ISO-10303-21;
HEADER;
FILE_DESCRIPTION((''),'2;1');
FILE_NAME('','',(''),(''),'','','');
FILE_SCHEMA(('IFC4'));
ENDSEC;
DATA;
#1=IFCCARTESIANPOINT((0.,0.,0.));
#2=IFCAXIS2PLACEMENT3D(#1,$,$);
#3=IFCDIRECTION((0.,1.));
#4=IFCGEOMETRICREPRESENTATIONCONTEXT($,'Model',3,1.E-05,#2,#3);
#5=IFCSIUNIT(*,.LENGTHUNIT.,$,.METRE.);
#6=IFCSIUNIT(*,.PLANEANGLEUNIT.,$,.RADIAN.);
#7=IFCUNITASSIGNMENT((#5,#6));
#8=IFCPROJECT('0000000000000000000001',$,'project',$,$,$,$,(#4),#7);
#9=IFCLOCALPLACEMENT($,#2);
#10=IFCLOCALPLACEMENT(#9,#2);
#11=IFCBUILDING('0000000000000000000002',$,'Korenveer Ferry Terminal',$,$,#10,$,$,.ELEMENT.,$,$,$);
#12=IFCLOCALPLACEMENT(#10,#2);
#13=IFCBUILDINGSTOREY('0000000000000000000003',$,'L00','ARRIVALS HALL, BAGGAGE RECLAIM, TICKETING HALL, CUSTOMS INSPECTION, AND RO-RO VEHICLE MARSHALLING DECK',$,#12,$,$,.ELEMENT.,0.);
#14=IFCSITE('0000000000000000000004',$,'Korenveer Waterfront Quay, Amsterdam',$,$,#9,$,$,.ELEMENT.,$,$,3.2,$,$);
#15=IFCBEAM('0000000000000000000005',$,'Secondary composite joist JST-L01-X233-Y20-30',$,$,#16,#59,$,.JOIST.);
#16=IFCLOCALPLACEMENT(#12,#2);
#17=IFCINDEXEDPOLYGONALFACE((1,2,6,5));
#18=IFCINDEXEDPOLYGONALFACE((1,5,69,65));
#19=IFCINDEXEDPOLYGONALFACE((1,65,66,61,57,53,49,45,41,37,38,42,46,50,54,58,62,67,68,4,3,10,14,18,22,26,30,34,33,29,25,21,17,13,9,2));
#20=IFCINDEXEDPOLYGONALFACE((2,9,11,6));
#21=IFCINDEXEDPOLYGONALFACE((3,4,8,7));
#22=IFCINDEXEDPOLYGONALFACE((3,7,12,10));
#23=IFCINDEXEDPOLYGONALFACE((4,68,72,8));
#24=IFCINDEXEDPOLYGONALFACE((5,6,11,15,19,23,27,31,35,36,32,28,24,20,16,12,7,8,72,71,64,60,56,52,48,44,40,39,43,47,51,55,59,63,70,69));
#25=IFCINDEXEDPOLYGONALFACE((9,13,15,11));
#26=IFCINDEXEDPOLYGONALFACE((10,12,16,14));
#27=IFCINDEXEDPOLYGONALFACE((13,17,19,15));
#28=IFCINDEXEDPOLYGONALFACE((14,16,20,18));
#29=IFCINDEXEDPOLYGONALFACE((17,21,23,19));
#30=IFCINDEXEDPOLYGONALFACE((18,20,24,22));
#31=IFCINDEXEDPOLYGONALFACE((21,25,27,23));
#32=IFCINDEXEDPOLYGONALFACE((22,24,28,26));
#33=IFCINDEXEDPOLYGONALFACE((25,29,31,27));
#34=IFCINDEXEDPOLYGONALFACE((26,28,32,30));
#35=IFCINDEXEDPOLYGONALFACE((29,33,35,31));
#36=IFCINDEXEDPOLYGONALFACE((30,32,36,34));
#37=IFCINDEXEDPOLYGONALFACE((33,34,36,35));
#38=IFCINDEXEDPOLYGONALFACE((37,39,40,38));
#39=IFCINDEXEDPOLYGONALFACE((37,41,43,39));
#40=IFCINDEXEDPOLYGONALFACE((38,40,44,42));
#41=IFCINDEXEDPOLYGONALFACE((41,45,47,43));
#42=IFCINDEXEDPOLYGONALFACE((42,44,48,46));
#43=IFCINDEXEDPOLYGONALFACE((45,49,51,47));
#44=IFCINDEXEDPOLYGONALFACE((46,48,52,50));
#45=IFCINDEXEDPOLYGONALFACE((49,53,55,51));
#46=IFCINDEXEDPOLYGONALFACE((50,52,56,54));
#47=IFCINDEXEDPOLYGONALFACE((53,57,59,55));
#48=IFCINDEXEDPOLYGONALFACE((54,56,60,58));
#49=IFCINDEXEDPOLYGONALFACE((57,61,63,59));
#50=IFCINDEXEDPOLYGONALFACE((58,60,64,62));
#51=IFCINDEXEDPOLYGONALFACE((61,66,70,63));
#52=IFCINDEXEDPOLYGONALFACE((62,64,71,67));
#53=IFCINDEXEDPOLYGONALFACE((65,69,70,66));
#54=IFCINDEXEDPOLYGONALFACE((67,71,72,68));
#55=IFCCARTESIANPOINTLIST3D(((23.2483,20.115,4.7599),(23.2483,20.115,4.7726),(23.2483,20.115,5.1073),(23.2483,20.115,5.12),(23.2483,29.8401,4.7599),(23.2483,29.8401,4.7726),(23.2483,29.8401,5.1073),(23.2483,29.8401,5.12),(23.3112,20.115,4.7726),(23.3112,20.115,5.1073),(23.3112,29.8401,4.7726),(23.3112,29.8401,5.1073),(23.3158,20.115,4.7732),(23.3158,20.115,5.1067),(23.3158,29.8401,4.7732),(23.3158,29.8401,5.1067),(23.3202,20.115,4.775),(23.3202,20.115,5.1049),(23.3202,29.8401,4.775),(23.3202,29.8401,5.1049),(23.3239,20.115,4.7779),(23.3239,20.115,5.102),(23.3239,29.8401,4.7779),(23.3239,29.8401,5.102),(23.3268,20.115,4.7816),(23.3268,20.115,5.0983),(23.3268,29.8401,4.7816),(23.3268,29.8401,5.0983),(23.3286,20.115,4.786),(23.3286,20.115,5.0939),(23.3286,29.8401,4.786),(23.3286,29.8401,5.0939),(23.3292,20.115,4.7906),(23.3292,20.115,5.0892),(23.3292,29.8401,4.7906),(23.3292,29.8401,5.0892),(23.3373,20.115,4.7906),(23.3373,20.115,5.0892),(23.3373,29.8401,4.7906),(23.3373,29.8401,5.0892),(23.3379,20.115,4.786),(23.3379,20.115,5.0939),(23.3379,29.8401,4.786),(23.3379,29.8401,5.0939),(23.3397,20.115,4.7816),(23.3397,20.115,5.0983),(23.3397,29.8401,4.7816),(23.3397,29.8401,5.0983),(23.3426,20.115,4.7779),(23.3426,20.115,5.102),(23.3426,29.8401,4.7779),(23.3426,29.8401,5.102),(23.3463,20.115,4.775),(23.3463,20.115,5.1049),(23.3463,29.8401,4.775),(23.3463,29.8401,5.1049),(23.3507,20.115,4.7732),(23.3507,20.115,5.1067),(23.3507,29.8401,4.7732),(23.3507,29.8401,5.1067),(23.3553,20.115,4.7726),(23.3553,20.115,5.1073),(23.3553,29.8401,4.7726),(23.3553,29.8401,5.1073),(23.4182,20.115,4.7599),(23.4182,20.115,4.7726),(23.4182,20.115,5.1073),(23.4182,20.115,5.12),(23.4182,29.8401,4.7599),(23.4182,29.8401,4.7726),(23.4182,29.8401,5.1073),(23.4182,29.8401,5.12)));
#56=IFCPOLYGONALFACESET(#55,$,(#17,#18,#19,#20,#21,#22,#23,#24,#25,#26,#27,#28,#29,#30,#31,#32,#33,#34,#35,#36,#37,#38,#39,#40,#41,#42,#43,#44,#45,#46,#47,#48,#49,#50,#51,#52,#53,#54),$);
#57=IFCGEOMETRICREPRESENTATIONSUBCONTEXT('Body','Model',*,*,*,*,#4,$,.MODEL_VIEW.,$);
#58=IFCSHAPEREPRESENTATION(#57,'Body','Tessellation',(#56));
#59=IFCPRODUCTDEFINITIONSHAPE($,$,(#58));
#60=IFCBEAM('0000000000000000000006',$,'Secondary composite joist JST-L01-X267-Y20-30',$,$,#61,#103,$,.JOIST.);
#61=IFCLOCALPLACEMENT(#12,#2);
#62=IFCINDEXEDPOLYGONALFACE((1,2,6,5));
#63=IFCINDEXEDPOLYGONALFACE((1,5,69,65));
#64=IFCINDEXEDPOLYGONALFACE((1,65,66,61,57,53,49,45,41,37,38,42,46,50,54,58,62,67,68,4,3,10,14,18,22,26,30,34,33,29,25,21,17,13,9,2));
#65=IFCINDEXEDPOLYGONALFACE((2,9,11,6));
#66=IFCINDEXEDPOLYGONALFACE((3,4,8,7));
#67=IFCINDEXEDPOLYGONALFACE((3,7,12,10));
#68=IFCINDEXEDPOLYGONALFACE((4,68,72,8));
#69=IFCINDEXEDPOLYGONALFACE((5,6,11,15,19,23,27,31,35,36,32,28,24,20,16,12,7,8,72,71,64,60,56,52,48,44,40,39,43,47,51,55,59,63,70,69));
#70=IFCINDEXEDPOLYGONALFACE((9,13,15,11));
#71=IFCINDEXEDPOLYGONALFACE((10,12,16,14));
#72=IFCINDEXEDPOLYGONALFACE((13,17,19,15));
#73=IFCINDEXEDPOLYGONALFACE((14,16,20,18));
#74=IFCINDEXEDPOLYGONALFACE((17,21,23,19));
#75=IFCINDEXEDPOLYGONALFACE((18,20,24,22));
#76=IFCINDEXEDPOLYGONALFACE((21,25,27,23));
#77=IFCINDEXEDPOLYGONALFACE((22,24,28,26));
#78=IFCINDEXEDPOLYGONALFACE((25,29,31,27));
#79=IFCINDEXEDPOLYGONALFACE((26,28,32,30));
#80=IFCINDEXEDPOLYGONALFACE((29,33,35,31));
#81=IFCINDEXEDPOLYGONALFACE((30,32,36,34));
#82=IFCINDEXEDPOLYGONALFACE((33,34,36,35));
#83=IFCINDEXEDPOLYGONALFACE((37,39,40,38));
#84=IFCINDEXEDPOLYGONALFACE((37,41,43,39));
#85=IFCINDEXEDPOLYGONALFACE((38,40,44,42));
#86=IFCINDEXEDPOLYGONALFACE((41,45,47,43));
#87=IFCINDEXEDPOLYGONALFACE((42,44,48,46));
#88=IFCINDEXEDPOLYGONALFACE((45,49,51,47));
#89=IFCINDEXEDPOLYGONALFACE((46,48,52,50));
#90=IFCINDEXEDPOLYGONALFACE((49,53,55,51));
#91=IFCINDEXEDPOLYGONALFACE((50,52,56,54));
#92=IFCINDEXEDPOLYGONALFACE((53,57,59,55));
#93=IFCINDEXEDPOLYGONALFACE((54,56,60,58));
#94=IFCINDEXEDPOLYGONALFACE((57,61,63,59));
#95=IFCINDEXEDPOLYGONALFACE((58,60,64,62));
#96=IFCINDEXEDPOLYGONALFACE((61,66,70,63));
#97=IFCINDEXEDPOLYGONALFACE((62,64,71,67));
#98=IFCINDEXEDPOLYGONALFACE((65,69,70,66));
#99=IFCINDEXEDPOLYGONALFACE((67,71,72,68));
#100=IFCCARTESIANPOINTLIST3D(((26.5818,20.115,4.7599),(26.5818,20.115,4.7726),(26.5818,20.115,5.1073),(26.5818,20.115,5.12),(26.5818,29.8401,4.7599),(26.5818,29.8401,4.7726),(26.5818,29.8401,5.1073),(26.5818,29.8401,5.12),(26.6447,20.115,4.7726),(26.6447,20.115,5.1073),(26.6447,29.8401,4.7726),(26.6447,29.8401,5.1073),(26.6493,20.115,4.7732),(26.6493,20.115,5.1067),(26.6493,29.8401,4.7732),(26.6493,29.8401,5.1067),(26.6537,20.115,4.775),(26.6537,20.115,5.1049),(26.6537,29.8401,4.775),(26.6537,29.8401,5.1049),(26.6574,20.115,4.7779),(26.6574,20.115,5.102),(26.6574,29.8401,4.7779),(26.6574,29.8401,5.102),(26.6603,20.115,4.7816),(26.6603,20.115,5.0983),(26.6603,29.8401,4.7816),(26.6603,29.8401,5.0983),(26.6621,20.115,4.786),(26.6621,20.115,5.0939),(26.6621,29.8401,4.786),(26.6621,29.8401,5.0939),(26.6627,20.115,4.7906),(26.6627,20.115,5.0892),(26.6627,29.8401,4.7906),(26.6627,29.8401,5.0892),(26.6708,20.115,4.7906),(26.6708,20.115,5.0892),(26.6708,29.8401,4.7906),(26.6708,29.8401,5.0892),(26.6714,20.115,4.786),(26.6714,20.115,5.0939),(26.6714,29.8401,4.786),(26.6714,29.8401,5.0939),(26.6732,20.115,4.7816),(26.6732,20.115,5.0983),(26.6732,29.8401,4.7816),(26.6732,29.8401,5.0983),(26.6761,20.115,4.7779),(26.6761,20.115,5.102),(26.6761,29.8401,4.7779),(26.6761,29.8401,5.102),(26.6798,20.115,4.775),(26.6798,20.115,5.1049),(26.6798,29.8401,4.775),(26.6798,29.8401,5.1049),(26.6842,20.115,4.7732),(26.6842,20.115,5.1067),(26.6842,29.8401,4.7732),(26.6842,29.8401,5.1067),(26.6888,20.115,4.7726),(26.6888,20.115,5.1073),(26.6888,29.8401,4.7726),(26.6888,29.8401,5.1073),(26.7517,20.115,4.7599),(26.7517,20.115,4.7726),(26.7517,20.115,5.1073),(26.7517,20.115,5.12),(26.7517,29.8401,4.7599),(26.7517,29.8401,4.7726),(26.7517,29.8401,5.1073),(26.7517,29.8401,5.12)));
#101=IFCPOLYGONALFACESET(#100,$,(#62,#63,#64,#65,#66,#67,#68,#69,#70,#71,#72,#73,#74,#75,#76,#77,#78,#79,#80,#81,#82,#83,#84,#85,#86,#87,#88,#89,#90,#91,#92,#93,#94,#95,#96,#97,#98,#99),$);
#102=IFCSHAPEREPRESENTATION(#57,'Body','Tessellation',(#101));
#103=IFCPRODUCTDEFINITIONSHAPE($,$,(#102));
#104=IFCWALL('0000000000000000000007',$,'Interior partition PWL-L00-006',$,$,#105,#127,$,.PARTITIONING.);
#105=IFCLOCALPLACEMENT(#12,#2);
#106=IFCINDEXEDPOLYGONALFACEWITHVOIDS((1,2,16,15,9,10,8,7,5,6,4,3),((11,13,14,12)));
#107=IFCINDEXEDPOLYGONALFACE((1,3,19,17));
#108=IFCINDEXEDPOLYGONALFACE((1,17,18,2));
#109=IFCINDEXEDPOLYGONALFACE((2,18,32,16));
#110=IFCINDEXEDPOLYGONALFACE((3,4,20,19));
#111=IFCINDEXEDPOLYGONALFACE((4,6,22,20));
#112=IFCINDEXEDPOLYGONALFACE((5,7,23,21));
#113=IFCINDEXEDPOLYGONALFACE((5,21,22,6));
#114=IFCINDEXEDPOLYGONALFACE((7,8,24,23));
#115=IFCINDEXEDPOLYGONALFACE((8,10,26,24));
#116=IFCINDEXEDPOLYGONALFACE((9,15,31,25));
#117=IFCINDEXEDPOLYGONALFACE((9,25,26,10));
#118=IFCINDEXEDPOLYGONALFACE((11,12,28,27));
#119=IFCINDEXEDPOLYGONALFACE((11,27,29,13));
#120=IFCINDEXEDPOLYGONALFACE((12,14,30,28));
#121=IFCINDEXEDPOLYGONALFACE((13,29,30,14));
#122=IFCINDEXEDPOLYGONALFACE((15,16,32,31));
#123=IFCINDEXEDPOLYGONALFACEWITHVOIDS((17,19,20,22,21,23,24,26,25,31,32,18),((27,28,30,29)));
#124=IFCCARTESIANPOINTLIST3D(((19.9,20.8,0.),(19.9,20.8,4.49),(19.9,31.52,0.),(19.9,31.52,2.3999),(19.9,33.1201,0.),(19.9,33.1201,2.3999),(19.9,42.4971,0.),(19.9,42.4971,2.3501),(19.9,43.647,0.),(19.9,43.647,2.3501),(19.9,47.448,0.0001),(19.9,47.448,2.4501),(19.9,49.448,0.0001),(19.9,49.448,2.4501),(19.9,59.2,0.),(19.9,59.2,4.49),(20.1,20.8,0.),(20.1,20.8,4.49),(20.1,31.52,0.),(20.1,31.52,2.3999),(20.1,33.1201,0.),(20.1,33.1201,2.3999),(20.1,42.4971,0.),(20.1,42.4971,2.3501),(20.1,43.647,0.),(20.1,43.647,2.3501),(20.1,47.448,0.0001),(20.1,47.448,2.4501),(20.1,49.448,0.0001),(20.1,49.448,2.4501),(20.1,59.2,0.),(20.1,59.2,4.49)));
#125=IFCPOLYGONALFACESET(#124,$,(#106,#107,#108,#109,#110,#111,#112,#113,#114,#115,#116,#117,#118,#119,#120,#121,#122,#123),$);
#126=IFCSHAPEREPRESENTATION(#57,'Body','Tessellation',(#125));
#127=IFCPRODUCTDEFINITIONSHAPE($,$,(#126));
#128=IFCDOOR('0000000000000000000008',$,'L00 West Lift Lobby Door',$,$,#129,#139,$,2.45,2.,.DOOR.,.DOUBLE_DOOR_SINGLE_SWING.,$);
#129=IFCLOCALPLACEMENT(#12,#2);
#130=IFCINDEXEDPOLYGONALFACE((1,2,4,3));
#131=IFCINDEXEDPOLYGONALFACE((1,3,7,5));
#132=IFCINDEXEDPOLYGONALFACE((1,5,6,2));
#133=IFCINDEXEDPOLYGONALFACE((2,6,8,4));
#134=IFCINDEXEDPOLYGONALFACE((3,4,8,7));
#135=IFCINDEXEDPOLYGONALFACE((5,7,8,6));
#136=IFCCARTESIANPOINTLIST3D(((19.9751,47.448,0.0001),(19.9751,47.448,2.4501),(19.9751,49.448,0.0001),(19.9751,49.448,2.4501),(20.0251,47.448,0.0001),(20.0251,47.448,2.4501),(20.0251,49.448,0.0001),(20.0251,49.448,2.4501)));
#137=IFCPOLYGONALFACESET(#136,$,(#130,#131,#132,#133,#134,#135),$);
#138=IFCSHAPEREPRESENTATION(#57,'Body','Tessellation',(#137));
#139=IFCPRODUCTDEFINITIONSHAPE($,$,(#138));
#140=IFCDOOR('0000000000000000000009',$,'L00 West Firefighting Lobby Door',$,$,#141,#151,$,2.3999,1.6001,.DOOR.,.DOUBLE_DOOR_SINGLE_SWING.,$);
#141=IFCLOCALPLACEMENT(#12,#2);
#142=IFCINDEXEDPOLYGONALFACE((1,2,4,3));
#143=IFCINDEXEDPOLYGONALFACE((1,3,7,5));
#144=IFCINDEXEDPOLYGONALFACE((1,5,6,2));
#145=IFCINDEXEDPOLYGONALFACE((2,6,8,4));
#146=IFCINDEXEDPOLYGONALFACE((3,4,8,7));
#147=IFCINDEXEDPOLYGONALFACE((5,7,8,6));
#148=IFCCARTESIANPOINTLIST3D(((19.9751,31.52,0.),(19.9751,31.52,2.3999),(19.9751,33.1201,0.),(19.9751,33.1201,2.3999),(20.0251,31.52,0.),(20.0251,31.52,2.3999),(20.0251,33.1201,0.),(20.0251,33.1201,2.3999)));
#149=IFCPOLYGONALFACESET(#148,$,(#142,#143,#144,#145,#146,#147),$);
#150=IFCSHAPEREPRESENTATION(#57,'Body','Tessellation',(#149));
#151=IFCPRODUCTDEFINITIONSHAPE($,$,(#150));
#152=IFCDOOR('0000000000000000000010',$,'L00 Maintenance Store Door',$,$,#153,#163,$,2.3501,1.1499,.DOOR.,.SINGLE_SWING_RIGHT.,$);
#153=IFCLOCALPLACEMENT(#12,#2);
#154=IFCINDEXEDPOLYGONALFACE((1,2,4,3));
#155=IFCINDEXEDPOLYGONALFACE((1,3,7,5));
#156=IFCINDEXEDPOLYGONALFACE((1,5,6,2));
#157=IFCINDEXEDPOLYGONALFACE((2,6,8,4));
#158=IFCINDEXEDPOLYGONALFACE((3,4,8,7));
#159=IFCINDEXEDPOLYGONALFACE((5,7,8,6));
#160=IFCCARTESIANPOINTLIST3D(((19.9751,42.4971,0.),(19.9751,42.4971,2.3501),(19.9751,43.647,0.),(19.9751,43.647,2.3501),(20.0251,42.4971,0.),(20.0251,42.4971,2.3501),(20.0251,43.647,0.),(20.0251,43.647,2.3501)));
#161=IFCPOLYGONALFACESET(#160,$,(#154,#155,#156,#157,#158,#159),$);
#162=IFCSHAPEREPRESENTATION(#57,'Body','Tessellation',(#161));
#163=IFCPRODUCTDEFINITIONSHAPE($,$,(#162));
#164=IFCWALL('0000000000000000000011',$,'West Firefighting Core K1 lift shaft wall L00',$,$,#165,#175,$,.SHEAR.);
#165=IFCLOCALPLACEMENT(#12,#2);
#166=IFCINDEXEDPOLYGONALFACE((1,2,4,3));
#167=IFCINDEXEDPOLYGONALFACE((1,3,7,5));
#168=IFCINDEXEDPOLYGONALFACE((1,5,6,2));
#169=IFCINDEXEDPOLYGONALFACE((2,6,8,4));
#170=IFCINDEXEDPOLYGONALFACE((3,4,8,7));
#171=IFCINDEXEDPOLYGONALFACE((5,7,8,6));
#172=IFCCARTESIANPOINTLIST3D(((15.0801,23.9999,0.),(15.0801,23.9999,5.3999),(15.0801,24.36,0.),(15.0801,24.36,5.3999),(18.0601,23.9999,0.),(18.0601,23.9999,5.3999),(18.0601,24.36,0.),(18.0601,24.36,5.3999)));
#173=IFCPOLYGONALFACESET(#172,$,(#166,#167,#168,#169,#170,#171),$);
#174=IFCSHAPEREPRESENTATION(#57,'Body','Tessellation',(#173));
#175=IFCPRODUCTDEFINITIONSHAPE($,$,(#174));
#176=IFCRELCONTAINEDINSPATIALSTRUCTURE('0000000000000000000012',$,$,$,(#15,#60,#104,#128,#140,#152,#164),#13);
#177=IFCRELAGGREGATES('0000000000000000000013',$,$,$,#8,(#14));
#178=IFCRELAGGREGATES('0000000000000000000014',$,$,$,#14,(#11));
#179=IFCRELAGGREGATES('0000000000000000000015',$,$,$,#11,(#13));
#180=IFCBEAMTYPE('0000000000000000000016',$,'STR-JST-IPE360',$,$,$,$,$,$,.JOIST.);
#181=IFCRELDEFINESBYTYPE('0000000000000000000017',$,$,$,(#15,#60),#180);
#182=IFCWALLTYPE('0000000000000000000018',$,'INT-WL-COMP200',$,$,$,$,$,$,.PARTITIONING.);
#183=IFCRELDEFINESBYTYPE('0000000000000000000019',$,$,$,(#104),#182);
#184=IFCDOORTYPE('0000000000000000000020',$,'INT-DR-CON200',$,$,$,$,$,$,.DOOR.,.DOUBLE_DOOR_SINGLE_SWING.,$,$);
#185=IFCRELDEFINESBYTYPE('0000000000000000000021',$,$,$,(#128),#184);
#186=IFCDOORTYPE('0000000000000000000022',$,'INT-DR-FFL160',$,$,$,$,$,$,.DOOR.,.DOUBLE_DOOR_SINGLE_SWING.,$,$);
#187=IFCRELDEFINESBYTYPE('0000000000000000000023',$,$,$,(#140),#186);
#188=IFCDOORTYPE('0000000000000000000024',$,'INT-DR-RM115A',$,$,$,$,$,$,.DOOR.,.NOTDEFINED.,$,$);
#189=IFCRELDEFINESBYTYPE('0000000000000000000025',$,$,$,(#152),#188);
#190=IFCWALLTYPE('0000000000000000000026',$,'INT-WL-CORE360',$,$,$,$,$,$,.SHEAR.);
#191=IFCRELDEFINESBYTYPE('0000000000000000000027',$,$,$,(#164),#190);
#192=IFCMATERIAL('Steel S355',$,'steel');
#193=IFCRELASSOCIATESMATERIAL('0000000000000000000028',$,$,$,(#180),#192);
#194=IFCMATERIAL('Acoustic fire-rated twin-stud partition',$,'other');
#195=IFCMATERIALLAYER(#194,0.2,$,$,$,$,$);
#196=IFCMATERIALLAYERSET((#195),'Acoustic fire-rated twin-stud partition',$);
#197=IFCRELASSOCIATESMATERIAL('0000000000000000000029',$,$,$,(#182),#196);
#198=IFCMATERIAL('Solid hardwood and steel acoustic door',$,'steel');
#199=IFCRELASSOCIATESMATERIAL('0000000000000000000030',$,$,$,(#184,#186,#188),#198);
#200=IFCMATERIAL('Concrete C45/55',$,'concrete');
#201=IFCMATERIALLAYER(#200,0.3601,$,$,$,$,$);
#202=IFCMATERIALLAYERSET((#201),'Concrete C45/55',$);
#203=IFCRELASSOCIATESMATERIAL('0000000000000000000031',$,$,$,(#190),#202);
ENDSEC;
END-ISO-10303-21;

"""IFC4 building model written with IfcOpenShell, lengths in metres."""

from ifc_helpers import new_model, si_unit, direction, frame, frame_2d, origin, origin_2d, place, context, subcontext, project, spatial, rectangle, i_section, extrude, material, layer, layer_set, material_profile, profile_set, type_object, element, fill, save


model = new_model("IFC4")

# Units and contexts
model_context = context("Model", 3, precision=1e-05, world=origin(), true_north=direction((0.0, 1.0)))
body_context = subcontext(model_context, "Body", "Model", "MODEL_VIEW")
ifc_project = project(units=[si_unit("LENGTHUNIT", "METRE"), si_unit("PLANEANGLEUNIT", "RADIAN")], contexts=[model_context])

# Site, building, storey
site_placement = place(None, origin())
site = spatial("IfcSite", under=ifc_project, at=site_placement, Name="Korenveer Waterfront Quay, Amsterdam", CompositionType="ELEMENT", RefElevation=3.2)
building_placement = place(site_placement, origin())
building = spatial("IfcBuilding", under=site, at=building_placement, Name="Korenveer Ferry Terminal", CompositionType="ELEMENT")
storey_placement = place(building_placement, origin())
storey = spatial("IfcBuildingStorey", under=building, at=storey_placement, Name="L00", Description="ARRIVALS HALL, BAGGAGE RECLAIM, TICKETING HALL, CUSTOMS INSPECTION, AND RO-RO VEHICLE MARSHALLING DECK", CompositionType="ELEMENT", Elevation=0.0)

# Shared definitions
ifc_material_1 = material(Name="Concrete C45/55", Category="concrete")

# Beams
ifc_material_2 = material(Name="Steel S355", Category="steel")
ifc_material_profile_1 = material_profile(ifc_material_2, i_section(OverallWidth=0.1699, OverallDepth=0.3601, WebThickness=0.0081, FlangeThickness=0.0127, FilletRadius=0.0181, at=origin_2d()), Name="IPE 360")
ifc_profile_set_1 = profile_set([ifc_material_profile_1], Name="Steel S355")
beam_type_1 = type_object("IfcBeamType", Name="STR-JST-IPE360", PredefinedType="JOIST", material=ifc_profile_set_1)
for number, where, z_axis, x_axis, name in (
    (1, (23.3333, 20.115, 4.9399), (0.0, 1.0, 0.0), (-1.0, 0.0, 0.0), "Secondary composite joist JST-L01-X233-Y20-30"),
    (2, (26.6667, 20.115, 4.9399), (0.0, 1.0, 0.0), (-1.0, 0.0, 0.0), "Secondary composite joist JST-L01-X267-Y20-30"),
):
    element("IfcBeam", number, at=place(storey_placement, frame(where, z_axis=z_axis, x_axis=x_axis)), inside=storey, type_object=beam_type_1, Name=name, PredefinedType="JOIST", context=body_context, shape_type="SweptSolid", body=[
        extrude(i_section(OverallWidth=0.1699, OverallDepth=0.3601, WebThickness=0.0081, FlangeThickness=0.0127, FilletRadius=0.0181, at=origin_2d()), origin(), (0.0, 0.0, 1.0), 9.7251),
    ])

# Wall, openings, doors
ifc_material_3 = material(Name="Acoustic fire-rated twin-stud partition", Category="other")
ifc_layer_1 = layer(ifc_material_3, 0.2)
ifc_layer_set_1 = layer_set([ifc_layer_1], Name="Acoustic fire-rated twin-stud partition")
wall_type_1 = type_object("IfcWallType", Name="INT-WL-COMP200", PredefinedType="PARTITIONING", material=ifc_layer_set_1)
wall_1_placement = place(storey_placement, frame((20.0, 20.8, 0.0), z_axis=(0.0, 0.0, 1.0), x_axis=(0.0, 1.0, 0.0)))
wall_1 = element("IfcWall", 3, at=wall_1_placement, inside=storey, type_object=wall_type_1, Name="Interior partition PWL-L00-006", PredefinedType="PARTITIONING", context=body_context, shape_type="SweptSolid", body=[
    extrude(rectangle(XDim=38.3999, YDim=0.2, at=frame_2d((19.2, 0.0))), origin(), (0.0, 0.0, 1.0), 4.49),
])
opening_1_placement = place(wall_1_placement, frame((10.72, 0.0, 0.0)))
opening_1 = element("IfcOpeningElement", 4, at=opening_1_placement, cuts=wall_1, PredefinedType="OPENING", context=body_context, shape_type="SweptSolid", body=[
    extrude(rectangle(XDim=1.6001, YDim=2.3999, at=frame_2d((0.8, 1.2))), frame((0.0, 0.1099, 0.0), z_axis=(0.0, -1.0, 0.0), x_axis=(1.0, 0.0, 0.0)), (0.0, 0.0, 1.0), 0.22),
])
opening_2_placement = place(wall_1_placement, frame((21.697, 0.0, 0.0)))
opening_2 = element("IfcOpeningElement", 5, at=opening_2_placement, cuts=wall_1, PredefinedType="OPENING", context=body_context, shape_type="SweptSolid", body=[
    extrude(rectangle(XDim=1.1499, YDim=2.3501, at=frame_2d((0.575, 1.175))), frame((0.0, 0.1099, 0.0), z_axis=(0.0, -1.0, 0.0), x_axis=(1.0, 0.0, 0.0)), (0.0, 0.0, 1.0), 0.22),
])
opening_3_placement = place(wall_1_placement, frame((26.6479, 0.0, 0.0)))
opening_3 = element("IfcOpeningElement", 6, at=opening_3_placement, cuts=wall_1, PredefinedType="OPENING", context=body_context, shape_type="SweptSolid", body=[
    extrude(rectangle(XDim=2.0, YDim=2.45, at=frame_2d((1.0, 1.2251))), frame((0.0, 0.1099, 0.0), z_axis=(0.0, -1.0, 0.0), x_axis=(1.0, 0.0, 0.0)), (0.0, 0.0, 1.0), 0.22),
])
ifc_material_4 = material(Name="Solid hardwood and steel acoustic door", Category="steel")
door_type_1 = type_object("IfcDoorType", Name="INT-DR-CON200", OperationType="DOUBLE_DOOR_SINGLE_SWING", PredefinedType="DOOR", material=ifc_material_4)
door_1_placement = place(opening_3_placement, origin())
door_1 = element("IfcDoor", 7, at=door_1_placement, inside=storey, type_object=door_type_1, Name="L00 West Lift Lobby Door", OperationType="DOUBLE_DOOR_SINGLE_SWING", OverallHeight=2.45, OverallWidth=2.0, PredefinedType="DOOR", context=body_context, shape_type="SweptSolid", body=[
    extrude(rectangle(XDim=2.0, YDim=2.45, at=frame_2d((1.0, 1.2251))), frame((0.0, 0.0249, 0.0), z_axis=(0.0, -1.0, 0.0), x_axis=(1.0, 0.0, 0.0)), (0.0, 0.0, 1.0), 0.05),
])
fill(opening_3, door_1)
door_type_2 = type_object("IfcDoorType", Name="INT-DR-FFL160", OperationType="DOUBLE_DOOR_SINGLE_SWING", PredefinedType="DOOR", material=ifc_material_4)
door_2_placement = place(opening_1_placement, origin())
door_2 = element("IfcDoor", 8, at=door_2_placement, inside=storey, type_object=door_type_2, Name="L00 West Firefighting Lobby Door", OperationType="DOUBLE_DOOR_SINGLE_SWING", OverallHeight=2.3999, OverallWidth=1.6001, PredefinedType="DOOR", context=body_context, shape_type="SweptSolid", body=[
    extrude(rectangle(XDim=1.6001, YDim=2.3999, at=frame_2d((0.8, 1.2))), frame((0.0, 0.0249, 0.0), z_axis=(0.0, -1.0, 0.0), x_axis=(1.0, 0.0, 0.0)), (0.0, 0.0, 1.0), 0.05),
])
fill(opening_1, door_2)
door_type_3 = type_object("IfcDoorType", Name="INT-DR-RM115A", OperationType="NOTDEFINED", PredefinedType="DOOR", material=ifc_material_4)
door_3_placement = place(opening_2_placement, origin())
door_3 = element("IfcDoor", 9, at=door_3_placement, inside=storey, type_object=door_type_3, Name="L00 Maintenance Store Door", OperationType="SINGLE_SWING_RIGHT", OverallHeight=2.3501, OverallWidth=1.1499, PredefinedType="DOOR", context=body_context, shape_type="SweptSolid", body=[
    extrude(rectangle(XDim=1.1499, YDim=2.3501, at=frame_2d((0.575, 1.175))), frame((0.0, 0.0249, 0.0), z_axis=(0.0, -1.0, 0.0), x_axis=(1.0, 0.0, 0.0)), (0.0, 0.0, 1.0), 0.05),
])
fill(opening_2, door_3)

# Wall
ifc_layer_2 = layer(ifc_material_1, 0.3601)
ifc_layer_set_2 = layer_set([ifc_layer_2], Name="Concrete C45/55")
wall_type_2 = type_object("IfcWallType", Name="INT-WL-CORE360", PredefinedType="SHEAR", material=ifc_layer_set_2)
wall_2_placement = place(storey_placement, frame((15.0801, 24.1799, 0.0), z_axis=(0.0, 0.0, 1.0), x_axis=(1.0, 0.0, 0.0)))
element("IfcWall", 10, at=wall_2_placement, inside=storey, type_object=wall_type_2, Name="West Firefighting Core K1 lift shaft wall L00", PredefinedType="SHEAR", context=body_context, shape_type="SweptSolid", body=[
    extrude(rectangle(XDim=2.98, YDim=0.3601, at=frame_2d((1.49, 0.0))), origin(), (0.0, 0.0, 1.0), 5.3999),
])

save(model, "model.ifc")
